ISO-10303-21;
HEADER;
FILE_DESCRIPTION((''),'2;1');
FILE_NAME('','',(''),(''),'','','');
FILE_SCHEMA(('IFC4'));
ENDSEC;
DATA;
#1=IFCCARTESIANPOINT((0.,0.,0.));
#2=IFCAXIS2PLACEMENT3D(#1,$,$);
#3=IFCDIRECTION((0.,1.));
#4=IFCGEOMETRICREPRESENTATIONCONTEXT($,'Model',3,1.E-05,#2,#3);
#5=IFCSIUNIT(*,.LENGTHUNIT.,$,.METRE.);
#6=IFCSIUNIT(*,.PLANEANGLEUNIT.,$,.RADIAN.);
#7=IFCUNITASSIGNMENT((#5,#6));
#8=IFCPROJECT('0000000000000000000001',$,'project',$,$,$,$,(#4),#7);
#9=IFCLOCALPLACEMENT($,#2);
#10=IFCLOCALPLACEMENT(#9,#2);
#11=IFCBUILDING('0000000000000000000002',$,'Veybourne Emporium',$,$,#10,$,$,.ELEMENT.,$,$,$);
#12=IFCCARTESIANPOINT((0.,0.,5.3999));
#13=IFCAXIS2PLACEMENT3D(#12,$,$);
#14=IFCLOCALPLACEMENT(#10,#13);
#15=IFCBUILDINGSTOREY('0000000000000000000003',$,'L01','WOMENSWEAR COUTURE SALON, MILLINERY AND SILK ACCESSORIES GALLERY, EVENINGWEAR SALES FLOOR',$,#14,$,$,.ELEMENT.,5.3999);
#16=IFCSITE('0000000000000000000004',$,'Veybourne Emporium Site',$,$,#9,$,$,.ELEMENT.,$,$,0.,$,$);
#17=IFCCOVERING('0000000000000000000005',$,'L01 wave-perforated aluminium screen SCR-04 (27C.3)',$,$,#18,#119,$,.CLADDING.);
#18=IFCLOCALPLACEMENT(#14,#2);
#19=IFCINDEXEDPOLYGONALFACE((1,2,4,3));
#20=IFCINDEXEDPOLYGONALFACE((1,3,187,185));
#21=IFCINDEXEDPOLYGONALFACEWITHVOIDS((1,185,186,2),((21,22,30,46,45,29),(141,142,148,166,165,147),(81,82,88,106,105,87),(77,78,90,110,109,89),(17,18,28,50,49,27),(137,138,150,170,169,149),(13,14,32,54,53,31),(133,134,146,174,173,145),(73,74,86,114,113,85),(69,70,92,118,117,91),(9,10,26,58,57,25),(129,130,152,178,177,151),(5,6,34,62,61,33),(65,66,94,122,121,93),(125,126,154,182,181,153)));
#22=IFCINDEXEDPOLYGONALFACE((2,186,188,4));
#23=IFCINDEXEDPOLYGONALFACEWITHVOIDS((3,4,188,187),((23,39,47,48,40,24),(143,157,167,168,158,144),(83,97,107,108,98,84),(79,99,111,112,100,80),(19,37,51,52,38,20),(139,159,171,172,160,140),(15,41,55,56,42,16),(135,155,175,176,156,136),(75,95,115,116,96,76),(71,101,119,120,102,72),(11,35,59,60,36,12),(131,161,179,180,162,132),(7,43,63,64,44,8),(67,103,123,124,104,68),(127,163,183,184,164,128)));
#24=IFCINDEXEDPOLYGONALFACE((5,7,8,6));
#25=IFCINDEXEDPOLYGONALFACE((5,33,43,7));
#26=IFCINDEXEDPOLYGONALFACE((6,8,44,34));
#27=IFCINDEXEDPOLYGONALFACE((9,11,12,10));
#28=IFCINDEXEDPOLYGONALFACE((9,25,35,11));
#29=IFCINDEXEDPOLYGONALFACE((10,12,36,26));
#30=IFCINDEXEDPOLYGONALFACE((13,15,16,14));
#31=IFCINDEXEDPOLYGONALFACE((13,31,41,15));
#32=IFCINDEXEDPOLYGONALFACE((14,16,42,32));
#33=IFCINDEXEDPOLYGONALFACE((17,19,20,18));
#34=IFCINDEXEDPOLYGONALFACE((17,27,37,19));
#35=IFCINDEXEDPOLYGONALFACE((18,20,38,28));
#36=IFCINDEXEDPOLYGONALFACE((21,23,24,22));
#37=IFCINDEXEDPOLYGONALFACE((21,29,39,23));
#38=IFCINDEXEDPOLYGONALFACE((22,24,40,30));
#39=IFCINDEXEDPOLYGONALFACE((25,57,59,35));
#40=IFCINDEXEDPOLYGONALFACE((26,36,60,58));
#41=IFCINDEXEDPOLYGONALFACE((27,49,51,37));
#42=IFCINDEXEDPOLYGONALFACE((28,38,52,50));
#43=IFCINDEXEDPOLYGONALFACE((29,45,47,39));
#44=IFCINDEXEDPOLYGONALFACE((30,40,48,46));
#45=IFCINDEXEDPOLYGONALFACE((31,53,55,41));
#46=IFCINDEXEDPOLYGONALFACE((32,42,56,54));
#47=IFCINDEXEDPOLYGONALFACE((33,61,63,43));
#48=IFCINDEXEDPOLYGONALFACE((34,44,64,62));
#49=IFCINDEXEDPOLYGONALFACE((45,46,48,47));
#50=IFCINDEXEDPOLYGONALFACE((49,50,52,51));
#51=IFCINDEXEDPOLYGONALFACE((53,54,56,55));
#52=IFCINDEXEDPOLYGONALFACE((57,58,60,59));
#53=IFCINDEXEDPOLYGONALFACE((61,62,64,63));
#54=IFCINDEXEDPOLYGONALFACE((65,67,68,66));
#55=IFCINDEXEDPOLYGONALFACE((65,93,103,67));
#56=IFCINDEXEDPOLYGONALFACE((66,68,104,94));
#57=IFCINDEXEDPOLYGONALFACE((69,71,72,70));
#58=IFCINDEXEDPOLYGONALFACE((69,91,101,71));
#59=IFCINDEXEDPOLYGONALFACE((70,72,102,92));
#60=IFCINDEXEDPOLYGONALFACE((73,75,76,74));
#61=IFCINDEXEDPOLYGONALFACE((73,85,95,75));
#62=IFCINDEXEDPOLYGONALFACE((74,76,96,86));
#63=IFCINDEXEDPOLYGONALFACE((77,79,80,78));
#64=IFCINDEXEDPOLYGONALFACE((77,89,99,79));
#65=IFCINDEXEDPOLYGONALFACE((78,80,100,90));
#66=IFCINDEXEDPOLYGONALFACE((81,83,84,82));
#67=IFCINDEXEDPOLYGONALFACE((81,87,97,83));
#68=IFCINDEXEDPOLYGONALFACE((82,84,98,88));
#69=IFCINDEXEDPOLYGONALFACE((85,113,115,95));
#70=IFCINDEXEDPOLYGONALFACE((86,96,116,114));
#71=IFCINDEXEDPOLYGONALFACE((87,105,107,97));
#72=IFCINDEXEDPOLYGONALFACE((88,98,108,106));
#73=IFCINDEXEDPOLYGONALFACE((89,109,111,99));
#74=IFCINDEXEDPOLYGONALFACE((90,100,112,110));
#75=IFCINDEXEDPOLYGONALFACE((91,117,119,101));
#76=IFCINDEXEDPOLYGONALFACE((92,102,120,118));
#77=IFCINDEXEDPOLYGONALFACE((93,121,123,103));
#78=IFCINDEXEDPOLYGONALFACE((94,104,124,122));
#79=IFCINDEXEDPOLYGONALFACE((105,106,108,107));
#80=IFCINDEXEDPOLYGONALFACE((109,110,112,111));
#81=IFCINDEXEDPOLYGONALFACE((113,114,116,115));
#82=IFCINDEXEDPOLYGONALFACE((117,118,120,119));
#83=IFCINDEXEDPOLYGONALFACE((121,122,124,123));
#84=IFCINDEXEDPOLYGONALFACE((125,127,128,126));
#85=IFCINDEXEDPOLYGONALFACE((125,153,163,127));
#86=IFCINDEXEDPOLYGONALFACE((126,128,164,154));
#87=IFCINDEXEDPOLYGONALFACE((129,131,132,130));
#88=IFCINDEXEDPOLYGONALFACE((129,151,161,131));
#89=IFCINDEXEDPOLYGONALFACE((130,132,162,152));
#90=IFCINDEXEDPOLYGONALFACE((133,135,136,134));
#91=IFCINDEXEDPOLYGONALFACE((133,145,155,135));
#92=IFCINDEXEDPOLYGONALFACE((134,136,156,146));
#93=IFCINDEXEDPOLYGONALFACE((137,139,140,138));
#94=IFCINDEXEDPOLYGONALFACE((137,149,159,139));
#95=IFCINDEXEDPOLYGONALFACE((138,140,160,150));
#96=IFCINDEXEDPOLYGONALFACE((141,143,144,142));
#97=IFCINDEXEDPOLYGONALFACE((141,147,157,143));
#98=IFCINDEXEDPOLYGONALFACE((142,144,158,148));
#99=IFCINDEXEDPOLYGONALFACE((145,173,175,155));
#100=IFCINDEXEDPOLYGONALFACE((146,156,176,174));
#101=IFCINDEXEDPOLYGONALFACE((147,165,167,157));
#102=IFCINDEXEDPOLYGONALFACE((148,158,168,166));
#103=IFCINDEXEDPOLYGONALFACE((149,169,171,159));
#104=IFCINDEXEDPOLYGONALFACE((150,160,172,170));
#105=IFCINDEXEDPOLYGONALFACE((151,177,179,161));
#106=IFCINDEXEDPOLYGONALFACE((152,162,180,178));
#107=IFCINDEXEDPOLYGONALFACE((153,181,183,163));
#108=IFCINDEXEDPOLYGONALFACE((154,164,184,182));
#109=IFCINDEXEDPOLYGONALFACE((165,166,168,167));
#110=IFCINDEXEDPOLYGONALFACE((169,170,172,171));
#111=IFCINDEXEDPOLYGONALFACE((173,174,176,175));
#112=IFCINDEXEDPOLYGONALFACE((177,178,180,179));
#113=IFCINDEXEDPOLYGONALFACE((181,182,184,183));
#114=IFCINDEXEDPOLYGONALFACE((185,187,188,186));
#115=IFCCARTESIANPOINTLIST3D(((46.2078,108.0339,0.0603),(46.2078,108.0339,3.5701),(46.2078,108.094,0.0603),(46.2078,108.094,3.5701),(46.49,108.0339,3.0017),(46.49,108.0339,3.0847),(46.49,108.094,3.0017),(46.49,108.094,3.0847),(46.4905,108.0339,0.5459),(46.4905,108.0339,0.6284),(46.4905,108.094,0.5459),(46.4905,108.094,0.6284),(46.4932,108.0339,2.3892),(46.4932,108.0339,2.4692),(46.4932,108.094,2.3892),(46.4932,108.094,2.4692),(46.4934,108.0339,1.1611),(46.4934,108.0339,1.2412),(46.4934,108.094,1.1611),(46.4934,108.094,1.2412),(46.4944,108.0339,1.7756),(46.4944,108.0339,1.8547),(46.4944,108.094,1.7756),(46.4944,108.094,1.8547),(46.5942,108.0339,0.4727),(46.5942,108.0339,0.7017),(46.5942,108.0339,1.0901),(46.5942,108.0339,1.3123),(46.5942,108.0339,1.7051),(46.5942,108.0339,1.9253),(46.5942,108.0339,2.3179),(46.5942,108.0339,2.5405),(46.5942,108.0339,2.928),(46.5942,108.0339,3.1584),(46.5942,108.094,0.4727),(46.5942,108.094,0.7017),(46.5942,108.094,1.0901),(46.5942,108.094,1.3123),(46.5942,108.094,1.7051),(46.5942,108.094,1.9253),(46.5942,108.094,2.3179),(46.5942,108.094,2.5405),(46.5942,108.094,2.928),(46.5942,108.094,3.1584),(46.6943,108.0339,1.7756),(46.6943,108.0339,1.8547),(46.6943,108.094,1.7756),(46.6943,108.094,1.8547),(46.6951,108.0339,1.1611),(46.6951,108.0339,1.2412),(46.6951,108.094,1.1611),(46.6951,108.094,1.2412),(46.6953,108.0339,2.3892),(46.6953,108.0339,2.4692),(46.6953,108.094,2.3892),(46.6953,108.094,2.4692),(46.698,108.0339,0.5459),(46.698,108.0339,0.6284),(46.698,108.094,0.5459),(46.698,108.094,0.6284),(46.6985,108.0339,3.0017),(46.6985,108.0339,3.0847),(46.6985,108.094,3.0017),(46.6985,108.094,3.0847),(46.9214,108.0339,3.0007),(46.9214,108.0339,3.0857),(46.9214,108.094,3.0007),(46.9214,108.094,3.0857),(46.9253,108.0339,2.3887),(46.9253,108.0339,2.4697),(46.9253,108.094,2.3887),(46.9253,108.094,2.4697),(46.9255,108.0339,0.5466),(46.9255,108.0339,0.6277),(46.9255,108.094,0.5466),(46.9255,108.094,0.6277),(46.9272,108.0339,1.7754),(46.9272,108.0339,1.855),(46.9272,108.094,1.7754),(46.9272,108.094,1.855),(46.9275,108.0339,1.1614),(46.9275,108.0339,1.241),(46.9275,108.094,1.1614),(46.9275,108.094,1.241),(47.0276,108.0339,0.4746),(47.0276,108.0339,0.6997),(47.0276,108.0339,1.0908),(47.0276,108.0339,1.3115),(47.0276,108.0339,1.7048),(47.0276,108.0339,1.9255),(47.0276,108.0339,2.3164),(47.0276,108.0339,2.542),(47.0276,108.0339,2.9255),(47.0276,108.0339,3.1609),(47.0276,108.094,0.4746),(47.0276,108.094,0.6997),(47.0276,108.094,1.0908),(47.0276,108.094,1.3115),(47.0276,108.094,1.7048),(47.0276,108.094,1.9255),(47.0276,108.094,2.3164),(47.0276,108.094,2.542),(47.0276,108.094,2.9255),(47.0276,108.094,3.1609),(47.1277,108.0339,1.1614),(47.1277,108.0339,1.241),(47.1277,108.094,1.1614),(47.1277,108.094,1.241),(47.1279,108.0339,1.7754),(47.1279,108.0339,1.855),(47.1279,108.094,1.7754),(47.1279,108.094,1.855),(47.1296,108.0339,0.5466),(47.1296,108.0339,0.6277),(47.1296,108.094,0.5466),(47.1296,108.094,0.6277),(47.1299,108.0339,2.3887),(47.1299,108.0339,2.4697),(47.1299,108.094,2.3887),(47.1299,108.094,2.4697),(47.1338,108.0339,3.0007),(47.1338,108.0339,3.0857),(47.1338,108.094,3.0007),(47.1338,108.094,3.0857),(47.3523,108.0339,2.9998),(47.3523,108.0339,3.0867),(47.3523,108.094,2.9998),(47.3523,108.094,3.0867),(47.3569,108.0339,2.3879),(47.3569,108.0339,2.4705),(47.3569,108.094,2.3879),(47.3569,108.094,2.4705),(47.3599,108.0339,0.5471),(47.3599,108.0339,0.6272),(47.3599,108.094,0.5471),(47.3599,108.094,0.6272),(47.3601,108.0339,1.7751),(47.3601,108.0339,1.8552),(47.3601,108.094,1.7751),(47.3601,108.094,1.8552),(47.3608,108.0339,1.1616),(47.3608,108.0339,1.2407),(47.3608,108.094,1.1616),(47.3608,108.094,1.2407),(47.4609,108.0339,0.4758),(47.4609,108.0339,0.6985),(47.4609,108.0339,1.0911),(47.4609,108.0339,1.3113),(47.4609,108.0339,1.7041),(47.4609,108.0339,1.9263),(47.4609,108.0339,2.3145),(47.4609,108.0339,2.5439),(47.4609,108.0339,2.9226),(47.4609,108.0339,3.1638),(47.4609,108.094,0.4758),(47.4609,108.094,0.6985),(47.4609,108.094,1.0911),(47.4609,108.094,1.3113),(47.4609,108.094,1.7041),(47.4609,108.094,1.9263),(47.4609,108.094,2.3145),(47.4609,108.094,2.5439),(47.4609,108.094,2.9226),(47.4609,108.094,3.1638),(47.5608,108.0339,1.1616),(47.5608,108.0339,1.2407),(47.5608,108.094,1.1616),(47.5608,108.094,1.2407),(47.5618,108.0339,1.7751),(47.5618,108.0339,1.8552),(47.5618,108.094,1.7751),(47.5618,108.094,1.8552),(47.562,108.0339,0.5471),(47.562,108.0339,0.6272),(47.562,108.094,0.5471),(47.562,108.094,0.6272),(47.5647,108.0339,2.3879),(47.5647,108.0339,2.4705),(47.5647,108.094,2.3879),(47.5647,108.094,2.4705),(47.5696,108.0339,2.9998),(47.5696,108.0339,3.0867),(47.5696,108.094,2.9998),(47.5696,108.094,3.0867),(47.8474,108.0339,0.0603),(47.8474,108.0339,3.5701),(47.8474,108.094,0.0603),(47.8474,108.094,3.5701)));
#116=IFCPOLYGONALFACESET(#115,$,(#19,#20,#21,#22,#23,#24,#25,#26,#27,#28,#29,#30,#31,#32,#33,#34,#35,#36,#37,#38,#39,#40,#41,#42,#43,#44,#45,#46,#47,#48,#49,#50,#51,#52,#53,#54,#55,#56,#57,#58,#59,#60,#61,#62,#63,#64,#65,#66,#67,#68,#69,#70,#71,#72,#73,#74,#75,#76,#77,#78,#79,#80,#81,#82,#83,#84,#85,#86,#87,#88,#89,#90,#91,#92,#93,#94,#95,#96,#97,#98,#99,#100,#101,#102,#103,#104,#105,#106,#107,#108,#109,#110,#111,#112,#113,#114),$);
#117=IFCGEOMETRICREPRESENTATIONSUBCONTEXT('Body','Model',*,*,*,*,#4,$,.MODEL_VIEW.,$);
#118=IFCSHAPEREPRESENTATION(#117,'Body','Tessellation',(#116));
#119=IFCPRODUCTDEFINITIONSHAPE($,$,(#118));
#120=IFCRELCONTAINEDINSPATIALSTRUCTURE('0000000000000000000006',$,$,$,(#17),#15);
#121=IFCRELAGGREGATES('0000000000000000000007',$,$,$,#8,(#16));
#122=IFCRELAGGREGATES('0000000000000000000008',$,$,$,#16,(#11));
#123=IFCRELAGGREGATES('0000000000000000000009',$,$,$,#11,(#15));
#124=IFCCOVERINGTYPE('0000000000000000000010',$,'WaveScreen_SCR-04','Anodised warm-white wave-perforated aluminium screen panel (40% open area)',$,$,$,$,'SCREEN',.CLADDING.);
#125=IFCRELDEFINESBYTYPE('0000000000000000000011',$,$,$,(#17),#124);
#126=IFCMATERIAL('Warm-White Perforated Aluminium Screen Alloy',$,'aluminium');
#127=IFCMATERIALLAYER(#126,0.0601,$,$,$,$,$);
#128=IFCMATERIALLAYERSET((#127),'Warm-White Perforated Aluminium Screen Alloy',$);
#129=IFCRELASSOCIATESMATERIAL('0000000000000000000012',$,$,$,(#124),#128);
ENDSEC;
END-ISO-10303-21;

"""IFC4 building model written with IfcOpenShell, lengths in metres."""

from ifc_helpers import new_model, si_unit, direction, frame, origin, place, context, subcontext, project, spatial, polyline, outline, extrude, material, layer, layer_set, type_object, element, save


model = new_model("IFC4")

# Units and contexts
model_context = context("Model", 3, precision=1e-05, world=origin(), true_north=direction((0.0, 1.0)))
body_context = subcontext(model_context, "Body", "Model", "MODEL_VIEW")
ifc_project = project(units=[si_unit("LENGTHUNIT", "METRE"), si_unit("PLANEANGLEUNIT", "RADIAN")], contexts=[model_context])

# Site, building, storey
site_placement = place(None, origin())
site = spatial("IfcSite", under=ifc_project, at=site_placement, Name="Veybourne Emporium Site", CompositionType="ELEMENT", RefElevation=0.0)
building_placement = place(site_placement, origin())
building = spatial("IfcBuilding", under=site, at=building_placement, Name="Veybourne Emporium", CompositionType="ELEMENT")
storey_placement = place(building_placement, frame((0.0, 0.0, 5.3999)))
storey = spatial("IfcBuildingStorey", under=building, at=storey_placement, Name="L01", Description="WOMENSWEAR COUTURE SALON, MILLINERY AND SILK ACCESSORIES GALLERY, EVENINGWEAR SALES FLOOR", CompositionType="ELEMENT", Elevation=5.3999)

# Covering
ifc_material_1 = material(Name="Warm-White Perforated Aluminium Screen Alloy", Category="aluminium")
ifc_layer_1 = layer(ifc_material_1, 0.0601)
ifc_layer_set_1 = layer_set([ifc_layer_1], Name="Warm-White Perforated Aluminium Screen Alloy")
covering_type_1 = type_object("IfcCoveringType", Name="WaveScreen_SCR-04", Description="Anodised warm-white wave-perforated aluminium screen panel (40% open area)", ElementType="SCREEN", PredefinedType="CLADDING", material=ifc_layer_set_1)
covering_1_placement = place(storey_placement, frame((47.0276, 108.094, 1.8152), z_axis=(0.0, -1.0, 0.0), x_axis=(1.0, 0.0, 0.0)))
element("IfcCovering", 1, at=covering_1_placement, inside=storey, type_object=covering_type_1, Name="L01 wave-perforated aluminium screen SCR-04 (27C.3)", PredefinedType="CLADDING", context=body_context, shape_type="SweptSolid", body=[
    extrude(outline(polyline([(-0.8198, -1.7549), (0.8198, -1.7549), (0.8198, 1.7549), (-0.8198, 1.7549), (-0.8198, -1.7549)]), holes=[polyline([(-0.4333, -1.1135), (-0.3296, -1.1868), (-0.3296, -1.2693), (-0.4333, -1.3425), (-0.5371, -1.2693), (-0.5371, -1.1868), (-0.4333, -1.1135)]), polyline([(-0.4333, -0.5029), (-0.3325, -0.574), (-0.3325, -0.6541), (-0.4333, -0.7251), (-0.5342, -0.6541), (-0.5342, -0.574), (-0.4333, -0.5029)]), polyline([(-0.4333, 0.1101), (-0.3333, 0.0396), (-0.3333, -0.0396), (-0.4333, -0.1101), (-0.5332, -0.0396), (-0.5332, 0.0396), (-0.4333, 0.1101)]), polyline([(-0.4333, 0.7253), (-0.3323, 0.6541), (-0.3323, 0.574), (-0.4333, 0.5027), (-0.5344, 0.574), (-0.5344, 0.6541), (-0.4333, 0.7253)]), polyline([(-0.4333, 1.3433), (-0.3291, 1.2695), (-0.3291, 1.1865), (-0.4333, 1.1128), (-0.5376, 1.1865), (-0.5376, 1.2695), (-0.4333, 1.3433)]), polyline([(0.0, -1.1155), (0.1021, -1.1875), (0.1021, -1.2686), (0.0, -1.3406), (-0.1021, -1.2686), (-0.1021, -1.1875), (0.0, -1.1155)]), polyline([(0.0, -0.5037), (0.1001, -0.5742), (0.1001, -0.6538), (0.0, -0.7244), (-0.1001, -0.6538), (-0.1001, -0.5742), (0.0, -0.5037)]), polyline([(0.0, 0.1104), (0.1003, 0.0398), (0.1003, -0.0398), (0.0, -0.1104), (-0.1003, -0.0398), (-0.1003, 0.0398), (0.0, 0.1104)]), polyline([(0.0, 0.7268), (0.1023, 0.6545), (0.1023, 0.5735), (0.0, 0.5012), (-0.1023, 0.5735), (-0.1023, 0.6545), (0.0, 0.7268)]), polyline([(0.0, 1.3457), (0.1062, 1.2705), (0.1062, 1.1855), (0.0, 1.1104), (-0.1062, 1.1855), (-0.1062, 1.2705), (0.0, 1.3457)]), polyline([(0.4333, -1.1167), (0.5344, -1.188), (0.5344, -1.2681), (0.4333, -1.3394), (0.3323, -1.2681), (0.3323, -1.188), (0.4333, -1.1167)]), polyline([(0.4333, -0.5039), (0.5332, -0.5745), (0.5332, -0.6536), (0.4333, -0.7241), (0.3333, -0.6536), (0.3333, -0.5745), (0.4333, -0.5039)]), polyline([(0.4333, 0.1111), (0.5342, 0.04), (0.5342, -0.04), (0.4333, -0.1111), (0.3325, -0.04), (0.3325, 0.04), (0.4333, 0.1111)]), polyline([(0.4333, 0.7288), (0.5371, 0.6553), (0.5371, 0.5728), (0.4333, 0.4993), (0.3293, 0.5728), (0.3293, 0.6553), (0.4333, 0.7288)]), polyline([(0.4333, 1.3486), (0.542, 1.2715), (0.542, 1.1846), (0.4333, 1.1074), (0.3247, 1.1846), (0.3247, 1.2715), (0.4333, 1.3486)])]), origin(), (0.0, 0.0, 1.0), 0.0601),
])

save(model, "model.ifc")
